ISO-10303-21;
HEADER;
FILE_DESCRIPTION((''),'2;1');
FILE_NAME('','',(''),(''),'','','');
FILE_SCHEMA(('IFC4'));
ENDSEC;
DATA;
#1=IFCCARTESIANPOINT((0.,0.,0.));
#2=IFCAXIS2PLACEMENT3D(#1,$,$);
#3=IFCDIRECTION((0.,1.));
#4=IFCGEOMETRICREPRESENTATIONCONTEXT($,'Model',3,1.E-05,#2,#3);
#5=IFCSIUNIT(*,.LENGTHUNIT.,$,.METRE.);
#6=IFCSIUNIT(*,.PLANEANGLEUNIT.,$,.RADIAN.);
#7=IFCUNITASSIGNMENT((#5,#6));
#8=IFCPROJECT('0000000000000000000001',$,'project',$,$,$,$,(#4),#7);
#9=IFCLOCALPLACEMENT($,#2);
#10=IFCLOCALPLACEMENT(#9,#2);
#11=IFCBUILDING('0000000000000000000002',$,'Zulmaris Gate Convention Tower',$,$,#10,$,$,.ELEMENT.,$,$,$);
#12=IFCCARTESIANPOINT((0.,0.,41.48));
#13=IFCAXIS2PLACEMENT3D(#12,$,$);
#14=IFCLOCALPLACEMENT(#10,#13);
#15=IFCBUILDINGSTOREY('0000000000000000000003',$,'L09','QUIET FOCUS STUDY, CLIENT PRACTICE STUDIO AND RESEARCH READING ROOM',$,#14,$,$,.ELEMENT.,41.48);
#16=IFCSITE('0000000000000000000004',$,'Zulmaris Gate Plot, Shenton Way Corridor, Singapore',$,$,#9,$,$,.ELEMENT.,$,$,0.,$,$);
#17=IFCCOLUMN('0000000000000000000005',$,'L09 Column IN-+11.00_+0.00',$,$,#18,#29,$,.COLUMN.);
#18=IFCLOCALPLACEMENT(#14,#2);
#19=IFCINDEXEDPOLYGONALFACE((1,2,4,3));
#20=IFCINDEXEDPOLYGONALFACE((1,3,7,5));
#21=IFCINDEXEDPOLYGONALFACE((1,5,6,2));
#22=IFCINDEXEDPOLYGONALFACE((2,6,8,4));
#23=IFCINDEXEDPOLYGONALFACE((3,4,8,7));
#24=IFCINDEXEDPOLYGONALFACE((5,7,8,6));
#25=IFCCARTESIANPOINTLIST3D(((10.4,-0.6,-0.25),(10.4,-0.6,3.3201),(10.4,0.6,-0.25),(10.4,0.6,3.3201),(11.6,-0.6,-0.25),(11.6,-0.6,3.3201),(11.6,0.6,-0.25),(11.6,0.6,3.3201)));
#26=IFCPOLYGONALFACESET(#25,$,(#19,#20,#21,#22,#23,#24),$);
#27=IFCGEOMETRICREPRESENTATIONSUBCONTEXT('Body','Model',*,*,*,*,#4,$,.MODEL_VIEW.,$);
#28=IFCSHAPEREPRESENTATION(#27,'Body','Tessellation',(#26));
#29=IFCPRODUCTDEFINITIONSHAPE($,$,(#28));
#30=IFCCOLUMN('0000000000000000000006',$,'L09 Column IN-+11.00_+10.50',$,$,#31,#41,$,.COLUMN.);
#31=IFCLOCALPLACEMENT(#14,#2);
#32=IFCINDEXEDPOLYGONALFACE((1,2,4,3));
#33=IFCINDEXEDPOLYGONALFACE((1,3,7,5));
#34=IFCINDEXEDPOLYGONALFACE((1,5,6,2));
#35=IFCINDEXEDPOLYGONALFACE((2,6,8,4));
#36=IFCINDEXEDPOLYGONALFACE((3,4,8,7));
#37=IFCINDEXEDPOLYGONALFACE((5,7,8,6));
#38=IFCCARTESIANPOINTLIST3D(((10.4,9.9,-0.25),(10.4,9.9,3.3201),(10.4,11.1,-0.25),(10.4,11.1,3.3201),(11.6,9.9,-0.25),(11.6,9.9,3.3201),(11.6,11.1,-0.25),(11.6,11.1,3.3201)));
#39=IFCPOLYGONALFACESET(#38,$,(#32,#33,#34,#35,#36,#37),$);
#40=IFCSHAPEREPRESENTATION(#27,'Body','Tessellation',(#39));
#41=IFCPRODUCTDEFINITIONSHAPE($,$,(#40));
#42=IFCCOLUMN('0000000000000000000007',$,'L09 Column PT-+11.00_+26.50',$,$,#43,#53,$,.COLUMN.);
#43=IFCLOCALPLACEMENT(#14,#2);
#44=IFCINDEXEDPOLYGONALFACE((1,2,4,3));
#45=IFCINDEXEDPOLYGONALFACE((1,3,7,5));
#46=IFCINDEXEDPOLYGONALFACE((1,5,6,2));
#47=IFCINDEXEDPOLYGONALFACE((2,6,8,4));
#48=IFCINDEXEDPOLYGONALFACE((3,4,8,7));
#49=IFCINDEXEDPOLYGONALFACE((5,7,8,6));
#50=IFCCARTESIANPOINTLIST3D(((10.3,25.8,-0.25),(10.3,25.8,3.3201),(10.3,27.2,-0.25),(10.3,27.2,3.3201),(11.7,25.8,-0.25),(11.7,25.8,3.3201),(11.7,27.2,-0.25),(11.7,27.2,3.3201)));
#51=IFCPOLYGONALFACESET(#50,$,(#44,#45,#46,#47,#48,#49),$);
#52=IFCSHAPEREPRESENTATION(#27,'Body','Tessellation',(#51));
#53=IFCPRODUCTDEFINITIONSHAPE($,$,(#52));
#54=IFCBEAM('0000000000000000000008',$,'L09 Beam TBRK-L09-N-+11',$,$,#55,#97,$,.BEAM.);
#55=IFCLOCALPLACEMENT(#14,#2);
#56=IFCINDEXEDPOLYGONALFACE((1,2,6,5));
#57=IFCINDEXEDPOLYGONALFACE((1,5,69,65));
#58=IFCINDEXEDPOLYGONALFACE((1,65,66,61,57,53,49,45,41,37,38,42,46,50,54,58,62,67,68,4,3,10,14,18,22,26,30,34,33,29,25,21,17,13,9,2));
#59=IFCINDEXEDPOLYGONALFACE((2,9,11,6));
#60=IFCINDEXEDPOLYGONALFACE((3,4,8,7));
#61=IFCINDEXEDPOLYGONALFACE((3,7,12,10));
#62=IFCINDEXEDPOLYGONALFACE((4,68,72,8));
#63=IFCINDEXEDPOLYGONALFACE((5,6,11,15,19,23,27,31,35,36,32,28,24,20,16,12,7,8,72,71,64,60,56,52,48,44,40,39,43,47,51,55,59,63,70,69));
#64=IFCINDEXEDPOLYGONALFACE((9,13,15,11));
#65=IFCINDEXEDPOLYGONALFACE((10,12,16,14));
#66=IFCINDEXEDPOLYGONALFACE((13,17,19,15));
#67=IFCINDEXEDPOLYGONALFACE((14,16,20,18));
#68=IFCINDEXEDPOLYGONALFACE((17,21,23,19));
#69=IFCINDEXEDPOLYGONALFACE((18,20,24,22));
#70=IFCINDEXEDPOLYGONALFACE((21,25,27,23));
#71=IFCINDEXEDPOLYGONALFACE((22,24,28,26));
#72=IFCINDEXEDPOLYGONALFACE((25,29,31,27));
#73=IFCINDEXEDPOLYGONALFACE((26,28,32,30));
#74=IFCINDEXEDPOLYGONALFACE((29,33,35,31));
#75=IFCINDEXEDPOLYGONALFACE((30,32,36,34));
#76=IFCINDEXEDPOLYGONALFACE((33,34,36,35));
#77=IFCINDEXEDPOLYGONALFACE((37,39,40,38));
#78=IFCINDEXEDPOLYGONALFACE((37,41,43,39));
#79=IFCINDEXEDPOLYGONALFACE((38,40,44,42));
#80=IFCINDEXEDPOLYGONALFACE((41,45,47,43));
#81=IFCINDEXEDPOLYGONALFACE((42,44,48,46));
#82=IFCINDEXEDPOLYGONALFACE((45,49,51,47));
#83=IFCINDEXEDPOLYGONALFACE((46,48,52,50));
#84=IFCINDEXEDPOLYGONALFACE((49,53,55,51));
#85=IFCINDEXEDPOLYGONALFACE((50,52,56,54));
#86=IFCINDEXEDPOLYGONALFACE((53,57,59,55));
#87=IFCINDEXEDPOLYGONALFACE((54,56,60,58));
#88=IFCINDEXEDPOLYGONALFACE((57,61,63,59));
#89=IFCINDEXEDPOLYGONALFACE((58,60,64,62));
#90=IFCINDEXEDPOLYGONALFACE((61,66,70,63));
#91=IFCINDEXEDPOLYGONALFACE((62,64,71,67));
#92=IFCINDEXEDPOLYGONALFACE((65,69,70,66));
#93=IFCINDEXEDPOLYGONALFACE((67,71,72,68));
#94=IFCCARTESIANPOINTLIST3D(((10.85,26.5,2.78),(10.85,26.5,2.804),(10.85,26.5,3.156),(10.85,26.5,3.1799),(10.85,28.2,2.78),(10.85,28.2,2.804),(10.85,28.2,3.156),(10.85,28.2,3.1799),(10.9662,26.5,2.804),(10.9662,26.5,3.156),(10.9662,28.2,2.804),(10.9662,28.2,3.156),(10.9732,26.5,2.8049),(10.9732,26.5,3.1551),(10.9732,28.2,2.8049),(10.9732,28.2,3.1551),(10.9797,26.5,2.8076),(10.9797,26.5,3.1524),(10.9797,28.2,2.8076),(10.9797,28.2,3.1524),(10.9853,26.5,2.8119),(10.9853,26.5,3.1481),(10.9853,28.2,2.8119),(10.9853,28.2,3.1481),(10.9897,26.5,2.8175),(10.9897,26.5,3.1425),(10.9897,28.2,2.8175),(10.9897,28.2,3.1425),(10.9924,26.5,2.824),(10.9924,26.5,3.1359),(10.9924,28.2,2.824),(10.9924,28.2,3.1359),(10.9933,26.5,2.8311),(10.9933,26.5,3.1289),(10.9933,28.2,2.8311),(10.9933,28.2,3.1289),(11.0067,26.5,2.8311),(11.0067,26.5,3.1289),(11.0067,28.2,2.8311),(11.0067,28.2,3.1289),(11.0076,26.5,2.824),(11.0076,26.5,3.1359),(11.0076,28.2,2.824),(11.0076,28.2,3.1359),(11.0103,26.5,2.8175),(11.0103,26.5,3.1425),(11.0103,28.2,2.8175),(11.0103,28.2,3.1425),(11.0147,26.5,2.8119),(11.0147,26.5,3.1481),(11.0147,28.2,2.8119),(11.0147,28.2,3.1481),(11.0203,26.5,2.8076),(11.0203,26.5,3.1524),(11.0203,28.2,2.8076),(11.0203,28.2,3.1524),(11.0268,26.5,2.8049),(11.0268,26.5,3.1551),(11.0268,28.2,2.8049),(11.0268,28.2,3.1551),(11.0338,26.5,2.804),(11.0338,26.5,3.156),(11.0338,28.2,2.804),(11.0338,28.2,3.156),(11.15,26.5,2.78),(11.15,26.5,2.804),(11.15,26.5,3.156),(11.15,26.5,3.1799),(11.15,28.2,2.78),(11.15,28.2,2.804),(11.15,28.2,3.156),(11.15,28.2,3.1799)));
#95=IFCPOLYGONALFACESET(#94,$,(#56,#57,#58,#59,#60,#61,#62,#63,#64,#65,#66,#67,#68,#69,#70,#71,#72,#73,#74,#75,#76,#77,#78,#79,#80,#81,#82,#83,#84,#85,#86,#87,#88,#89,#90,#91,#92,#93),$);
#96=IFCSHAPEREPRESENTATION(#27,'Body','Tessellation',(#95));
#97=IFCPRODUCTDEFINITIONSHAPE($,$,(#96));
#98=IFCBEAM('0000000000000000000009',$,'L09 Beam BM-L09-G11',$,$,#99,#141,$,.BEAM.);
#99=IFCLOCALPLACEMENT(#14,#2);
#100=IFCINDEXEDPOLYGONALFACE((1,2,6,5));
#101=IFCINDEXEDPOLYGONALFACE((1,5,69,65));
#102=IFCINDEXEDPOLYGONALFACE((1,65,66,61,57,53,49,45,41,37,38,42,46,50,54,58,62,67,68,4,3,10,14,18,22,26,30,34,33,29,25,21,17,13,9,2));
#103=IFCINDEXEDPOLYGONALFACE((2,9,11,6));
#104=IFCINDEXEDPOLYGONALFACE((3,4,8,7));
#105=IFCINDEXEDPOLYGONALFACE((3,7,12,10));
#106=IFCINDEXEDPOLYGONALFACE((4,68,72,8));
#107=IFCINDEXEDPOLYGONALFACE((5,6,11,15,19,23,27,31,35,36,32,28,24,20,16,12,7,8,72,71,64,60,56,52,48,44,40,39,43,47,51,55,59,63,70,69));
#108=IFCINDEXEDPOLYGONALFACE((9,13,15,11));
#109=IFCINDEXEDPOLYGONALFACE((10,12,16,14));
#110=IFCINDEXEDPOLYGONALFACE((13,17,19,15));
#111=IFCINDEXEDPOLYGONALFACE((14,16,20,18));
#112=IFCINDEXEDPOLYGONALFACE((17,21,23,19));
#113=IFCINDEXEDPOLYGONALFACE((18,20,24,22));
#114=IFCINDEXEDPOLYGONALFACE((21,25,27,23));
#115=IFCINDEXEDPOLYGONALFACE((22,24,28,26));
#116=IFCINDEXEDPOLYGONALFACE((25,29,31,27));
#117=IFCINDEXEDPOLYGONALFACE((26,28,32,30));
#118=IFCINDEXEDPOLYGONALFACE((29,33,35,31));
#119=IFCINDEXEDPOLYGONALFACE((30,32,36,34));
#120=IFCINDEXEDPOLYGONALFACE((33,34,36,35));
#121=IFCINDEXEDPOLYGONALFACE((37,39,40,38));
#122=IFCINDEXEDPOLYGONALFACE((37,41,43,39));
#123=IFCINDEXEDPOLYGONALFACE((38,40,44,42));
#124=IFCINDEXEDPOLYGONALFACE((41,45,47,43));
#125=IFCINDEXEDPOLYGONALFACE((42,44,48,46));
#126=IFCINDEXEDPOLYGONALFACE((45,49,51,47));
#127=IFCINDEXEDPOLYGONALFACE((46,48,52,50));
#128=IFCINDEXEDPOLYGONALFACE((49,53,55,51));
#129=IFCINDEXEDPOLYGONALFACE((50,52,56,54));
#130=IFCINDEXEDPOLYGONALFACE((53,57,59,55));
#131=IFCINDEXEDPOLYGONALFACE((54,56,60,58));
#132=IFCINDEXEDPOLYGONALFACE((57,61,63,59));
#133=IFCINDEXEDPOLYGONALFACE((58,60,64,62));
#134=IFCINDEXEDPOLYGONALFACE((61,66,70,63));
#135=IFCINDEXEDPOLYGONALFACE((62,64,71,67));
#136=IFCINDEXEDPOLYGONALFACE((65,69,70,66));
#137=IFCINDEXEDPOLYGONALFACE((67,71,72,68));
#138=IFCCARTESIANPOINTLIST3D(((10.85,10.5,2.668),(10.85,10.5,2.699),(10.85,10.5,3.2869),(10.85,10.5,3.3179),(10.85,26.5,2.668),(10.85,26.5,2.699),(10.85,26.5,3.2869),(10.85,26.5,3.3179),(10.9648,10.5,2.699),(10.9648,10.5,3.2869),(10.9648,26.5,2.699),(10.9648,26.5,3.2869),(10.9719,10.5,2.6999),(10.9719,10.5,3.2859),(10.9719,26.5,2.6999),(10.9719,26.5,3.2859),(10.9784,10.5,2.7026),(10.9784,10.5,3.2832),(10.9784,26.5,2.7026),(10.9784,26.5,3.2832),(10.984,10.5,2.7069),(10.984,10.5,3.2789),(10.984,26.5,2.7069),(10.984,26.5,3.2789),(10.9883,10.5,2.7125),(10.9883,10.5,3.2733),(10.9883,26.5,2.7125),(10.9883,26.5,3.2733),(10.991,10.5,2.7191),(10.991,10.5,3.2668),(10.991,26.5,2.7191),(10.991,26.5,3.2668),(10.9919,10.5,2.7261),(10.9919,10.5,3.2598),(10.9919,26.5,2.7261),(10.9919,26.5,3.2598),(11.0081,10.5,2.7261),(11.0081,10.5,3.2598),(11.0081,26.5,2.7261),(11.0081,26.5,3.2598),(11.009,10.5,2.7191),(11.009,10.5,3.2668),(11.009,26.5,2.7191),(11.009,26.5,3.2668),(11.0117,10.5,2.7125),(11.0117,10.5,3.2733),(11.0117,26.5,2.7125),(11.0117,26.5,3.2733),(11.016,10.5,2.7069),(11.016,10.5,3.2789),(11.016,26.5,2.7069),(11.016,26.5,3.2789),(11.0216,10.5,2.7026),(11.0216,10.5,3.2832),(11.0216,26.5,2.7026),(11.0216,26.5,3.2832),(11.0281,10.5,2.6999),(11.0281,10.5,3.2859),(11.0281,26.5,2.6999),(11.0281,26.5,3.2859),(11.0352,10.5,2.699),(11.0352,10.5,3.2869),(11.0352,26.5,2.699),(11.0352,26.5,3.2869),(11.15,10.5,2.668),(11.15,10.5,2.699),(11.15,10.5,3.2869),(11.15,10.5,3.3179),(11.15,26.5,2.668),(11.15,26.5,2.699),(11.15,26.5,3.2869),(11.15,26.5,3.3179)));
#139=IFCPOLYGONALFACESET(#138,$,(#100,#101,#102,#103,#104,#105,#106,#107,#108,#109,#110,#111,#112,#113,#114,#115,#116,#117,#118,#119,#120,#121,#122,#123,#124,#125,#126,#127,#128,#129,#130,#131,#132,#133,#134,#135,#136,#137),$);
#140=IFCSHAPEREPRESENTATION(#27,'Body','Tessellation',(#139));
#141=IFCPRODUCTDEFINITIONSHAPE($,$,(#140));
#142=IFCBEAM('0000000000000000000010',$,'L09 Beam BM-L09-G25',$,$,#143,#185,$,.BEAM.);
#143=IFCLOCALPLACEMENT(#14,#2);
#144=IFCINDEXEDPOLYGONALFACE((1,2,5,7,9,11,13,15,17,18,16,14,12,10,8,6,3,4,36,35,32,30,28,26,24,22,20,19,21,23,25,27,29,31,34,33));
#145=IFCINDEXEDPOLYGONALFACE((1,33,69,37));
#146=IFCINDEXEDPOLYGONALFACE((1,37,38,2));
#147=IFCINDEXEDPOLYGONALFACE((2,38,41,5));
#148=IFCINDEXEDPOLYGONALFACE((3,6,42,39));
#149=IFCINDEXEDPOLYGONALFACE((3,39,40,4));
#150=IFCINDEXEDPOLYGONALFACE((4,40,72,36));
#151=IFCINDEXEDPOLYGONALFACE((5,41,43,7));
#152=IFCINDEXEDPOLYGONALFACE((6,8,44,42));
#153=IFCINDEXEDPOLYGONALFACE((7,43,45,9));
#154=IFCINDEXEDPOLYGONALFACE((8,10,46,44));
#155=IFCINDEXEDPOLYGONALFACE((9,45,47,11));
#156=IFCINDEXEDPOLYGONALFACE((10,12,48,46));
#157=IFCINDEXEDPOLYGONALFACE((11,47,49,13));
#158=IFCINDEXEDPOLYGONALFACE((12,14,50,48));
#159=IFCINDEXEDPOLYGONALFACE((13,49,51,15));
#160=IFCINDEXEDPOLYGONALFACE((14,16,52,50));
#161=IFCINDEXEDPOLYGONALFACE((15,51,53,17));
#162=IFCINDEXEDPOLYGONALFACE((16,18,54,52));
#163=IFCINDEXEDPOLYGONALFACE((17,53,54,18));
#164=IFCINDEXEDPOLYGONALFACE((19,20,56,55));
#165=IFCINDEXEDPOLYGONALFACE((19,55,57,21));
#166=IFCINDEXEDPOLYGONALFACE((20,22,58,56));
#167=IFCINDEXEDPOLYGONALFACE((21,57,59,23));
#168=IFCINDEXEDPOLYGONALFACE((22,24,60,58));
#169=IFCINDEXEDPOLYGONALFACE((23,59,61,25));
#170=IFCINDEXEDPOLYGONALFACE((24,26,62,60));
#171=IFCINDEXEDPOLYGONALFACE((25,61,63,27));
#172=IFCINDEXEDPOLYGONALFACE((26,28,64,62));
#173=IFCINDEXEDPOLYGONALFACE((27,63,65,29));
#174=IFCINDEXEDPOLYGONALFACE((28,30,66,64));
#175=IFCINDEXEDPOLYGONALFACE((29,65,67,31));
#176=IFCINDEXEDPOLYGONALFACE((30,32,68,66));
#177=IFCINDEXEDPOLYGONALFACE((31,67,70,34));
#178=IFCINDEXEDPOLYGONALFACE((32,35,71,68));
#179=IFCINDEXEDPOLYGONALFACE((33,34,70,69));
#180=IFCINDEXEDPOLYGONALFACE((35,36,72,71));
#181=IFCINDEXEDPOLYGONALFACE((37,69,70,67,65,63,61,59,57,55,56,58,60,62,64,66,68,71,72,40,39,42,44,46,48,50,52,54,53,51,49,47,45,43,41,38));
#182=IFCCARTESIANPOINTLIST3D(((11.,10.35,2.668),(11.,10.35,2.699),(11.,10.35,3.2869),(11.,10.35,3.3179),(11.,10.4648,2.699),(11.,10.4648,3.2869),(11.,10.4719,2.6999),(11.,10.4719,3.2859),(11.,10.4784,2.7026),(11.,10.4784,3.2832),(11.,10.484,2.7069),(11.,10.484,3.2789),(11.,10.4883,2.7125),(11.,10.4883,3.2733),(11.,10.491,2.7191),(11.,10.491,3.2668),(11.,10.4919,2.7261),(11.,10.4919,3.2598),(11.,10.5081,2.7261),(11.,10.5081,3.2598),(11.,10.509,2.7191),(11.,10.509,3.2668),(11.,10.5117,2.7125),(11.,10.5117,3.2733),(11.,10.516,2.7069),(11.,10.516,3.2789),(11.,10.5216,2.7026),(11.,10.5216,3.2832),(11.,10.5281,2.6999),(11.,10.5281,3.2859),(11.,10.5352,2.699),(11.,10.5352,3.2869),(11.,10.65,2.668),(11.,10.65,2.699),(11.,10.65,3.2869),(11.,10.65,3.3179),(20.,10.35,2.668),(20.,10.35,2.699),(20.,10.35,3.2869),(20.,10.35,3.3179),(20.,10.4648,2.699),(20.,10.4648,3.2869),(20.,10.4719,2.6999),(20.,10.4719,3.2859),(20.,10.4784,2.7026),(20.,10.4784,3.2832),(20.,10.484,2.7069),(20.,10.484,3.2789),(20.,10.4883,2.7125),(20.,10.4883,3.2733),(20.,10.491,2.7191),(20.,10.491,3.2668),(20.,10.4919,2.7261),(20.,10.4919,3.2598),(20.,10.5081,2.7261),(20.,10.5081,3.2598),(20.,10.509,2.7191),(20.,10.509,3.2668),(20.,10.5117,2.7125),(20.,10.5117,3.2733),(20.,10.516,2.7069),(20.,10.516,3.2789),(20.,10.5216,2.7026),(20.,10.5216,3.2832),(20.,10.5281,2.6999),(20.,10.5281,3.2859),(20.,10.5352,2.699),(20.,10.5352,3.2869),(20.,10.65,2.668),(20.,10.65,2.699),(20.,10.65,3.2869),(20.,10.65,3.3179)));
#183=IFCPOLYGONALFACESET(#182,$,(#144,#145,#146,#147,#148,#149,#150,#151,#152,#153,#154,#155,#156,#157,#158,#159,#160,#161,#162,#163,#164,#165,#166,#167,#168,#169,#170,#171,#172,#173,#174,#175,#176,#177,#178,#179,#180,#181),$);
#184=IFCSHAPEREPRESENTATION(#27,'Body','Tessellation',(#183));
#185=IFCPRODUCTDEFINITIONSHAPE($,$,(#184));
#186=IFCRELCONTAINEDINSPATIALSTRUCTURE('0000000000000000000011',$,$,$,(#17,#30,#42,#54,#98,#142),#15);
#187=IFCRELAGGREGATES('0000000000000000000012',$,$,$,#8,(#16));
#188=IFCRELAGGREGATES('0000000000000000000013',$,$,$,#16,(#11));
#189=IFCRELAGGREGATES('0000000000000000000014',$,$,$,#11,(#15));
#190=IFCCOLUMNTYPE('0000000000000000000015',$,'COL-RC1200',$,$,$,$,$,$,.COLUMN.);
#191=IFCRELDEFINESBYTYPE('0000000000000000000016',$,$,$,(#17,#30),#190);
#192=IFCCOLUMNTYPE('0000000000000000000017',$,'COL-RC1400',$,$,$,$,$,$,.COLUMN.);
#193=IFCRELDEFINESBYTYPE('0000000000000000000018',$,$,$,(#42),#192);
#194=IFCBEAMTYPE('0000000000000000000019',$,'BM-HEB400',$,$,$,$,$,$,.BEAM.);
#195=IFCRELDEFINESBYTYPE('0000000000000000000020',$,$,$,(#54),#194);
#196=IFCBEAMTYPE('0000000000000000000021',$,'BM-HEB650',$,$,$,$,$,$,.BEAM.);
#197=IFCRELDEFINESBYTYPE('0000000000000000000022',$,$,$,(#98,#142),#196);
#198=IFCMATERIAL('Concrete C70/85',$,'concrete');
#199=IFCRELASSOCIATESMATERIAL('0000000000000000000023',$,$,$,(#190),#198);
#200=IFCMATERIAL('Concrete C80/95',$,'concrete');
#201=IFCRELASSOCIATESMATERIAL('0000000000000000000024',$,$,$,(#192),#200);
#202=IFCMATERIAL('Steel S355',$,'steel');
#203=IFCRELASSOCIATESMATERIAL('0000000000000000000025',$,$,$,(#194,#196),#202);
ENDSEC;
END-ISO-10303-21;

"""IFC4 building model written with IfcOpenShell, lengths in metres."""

from ifc_helpers import new_model, si_unit, direction, frame, origin, origin_2d, place, context, subcontext, project, spatial, rectangle, i_section, extrude, material, material_profile, profile_set, type_object, element, save


model = new_model("IFC4")

# Units and contexts
model_context = context("Model", 3, precision=1e-05, world=origin(), true_north=direction((0.0, 1.0)))
body_context = subcontext(model_context, "Body", "Model", "MODEL_VIEW")
ifc_project = project(units=[si_unit("LENGTHUNIT", "METRE"), si_unit("PLANEANGLEUNIT", "RADIAN")], contexts=[model_context])

# Site, building, storey
site_placement = place(None, origin())
site = spatial("IfcSite", under=ifc_project, at=site_placement, Name="Zulmaris Gate Plot, Shenton Way Corridor, Singapore", CompositionType="ELEMENT", RefElevation=0.0)
building_placement = place(site_placement, origin())
building = spatial("IfcBuilding", under=site, at=building_placement, Name="Zulmaris Gate Convention Tower", CompositionType="ELEMENT")
storey_placement = place(building_placement, frame((0.0, 0.0, 41.48)))
storey = spatial("IfcBuildingStorey", under=building, at=storey_placement, Name="L09", Description="QUIET FOCUS STUDY, CLIENT PRACTICE STUDIO AND RESEARCH READING ROOM", CompositionType="ELEMENT", Elevation=41.48)

# Columns
ifc_material_1 = material(Name="Concrete C70/85", Category="concrete")
ifc_material_profile_1 = material_profile(ifc_material_1, rectangle(XDim=1.2, YDim=1.2, at=origin_2d()), Name="RC COL 1200x1200")
ifc_profile_set_1 = profile_set([ifc_material_profile_1], Name="Concrete C70/85")
column_type_1 = type_object("IfcColumnType", Name="COL-RC1200", PredefinedType="COLUMN", material=ifc_profile_set_1)
for number, where, z_axis, x_axis, name in (
    (1, (11.0, 0.0, -0.25), (0.0, 0.0, 1.0), (1.0, 0.0, 0.0), "L09 Column IN-+11.00_+0.00"),
    (2, (11.0, 10.5, -0.25), (0.0, 0.0, 1.0), (1.0, 0.0, 0.0), "L09 Column IN-+11.00_+10.50"),
):
    element("IfcColumn", number, at=place(storey_placement, frame(where, z_axis=z_axis, x_axis=x_axis)), inside=storey, type_object=column_type_1, Name=name, PredefinedType="COLUMN", context=body_context, shape_type="SweptSolid", body=[
        extrude(rectangle(XDim=1.2, YDim=1.2, at=origin_2d()), origin(), (0.0, 0.0, 1.0), 3.5701),
    ])
ifc_material_2 = material(Name="Concrete C80/95", Category="concrete")
ifc_material_profile_2 = material_profile(ifc_material_2, rectangle(XDim=1.3999, YDim=1.3999, at=origin_2d()), Name="RC COL 1400x1400")
ifc_profile_set_2 = profile_set([ifc_material_profile_2], Name="Concrete C80/95")
column_type_2 = type_object("IfcColumnType", Name="COL-RC1400", PredefinedType="COLUMN", material=ifc_profile_set_2)
column_placement = place(storey_placement, frame((11.0, 26.5, -0.25), z_axis=(0.0, 0.0, 1.0), x_axis=(1.0, 0.0, 0.0)))
element("IfcColumn", 3, at=column_placement, inside=storey, type_object=column_type_2, Name="L09 Column PT-+11.00_+26.50", PredefinedType="COLUMN", context=body_context, shape_type="SweptSolid", body=[
    extrude(rectangle(XDim=1.3999, YDim=1.3999, at=origin_2d()), origin(), (0.0, 0.0, 1.0), 3.5701),
])

# Beams
ifc_material_3 = material(Name="Steel S355", Category="steel")
ifc_material_profile_3 = material_profile(ifc_material_3, i_section(OverallWidth=0.3, OverallDepth=0.3999, WebThickness=0.0134, FlangeThickness=0.0239, FilletRadius=0.0271, at=origin_2d()), Name="HEB 400")
ifc_profile_set_3 = profile_set([ifc_material_profile_3], Name="Steel S355")
beam_type_1 = type_object("IfcBeamType", Name="BM-HEB400", PredefinedType="BEAM", material=ifc_profile_set_3)
beam_1_placement = place(storey_placement, frame((11.0, 26.5, 2.98), z_axis=(0.0, 1.0, 0.0), x_axis=(-1.0, 0.0, 0.0)))
element("IfcBeam", 4, at=beam_1_placement, inside=storey, type_object=beam_type_1, Name="L09 Beam TBRK-L09-N-+11", PredefinedType="BEAM", context=body_context, shape_type="SweptSolid", body=[
    extrude(i_section(OverallWidth=0.3, OverallDepth=0.3999, WebThickness=0.0134, FlangeThickness=0.0239, FilletRadius=0.0271, at=origin_2d()), origin(), (0.0, 0.0, 1.0), 1.7),
])
ifc_material_profile_4 = material_profile(ifc_material_3, i_section(OverallWidth=0.3, OverallDepth=0.6499, WebThickness=0.0161, FlangeThickness=0.031, FilletRadius=0.0271, at=origin_2d()), Name="HEB 650")
ifc_profile_set_4 = profile_set([ifc_material_profile_4], Name="Steel S355")
beam_type_2 = type_object("IfcBeamType", Name="BM-HEB650", PredefinedType="BEAM", material=ifc_profile_set_4)
beam_2_placement = place(storey_placement, frame((11.0, 10.5, 2.9929), z_axis=(0.0, 1.0, 0.0), x_axis=(-1.0, 0.0, 0.0)))
element("IfcBeam", 5, at=beam_2_placement, inside=storey, type_object=beam_type_2, Name="L09 Beam BM-L09-G11", PredefinedType="BEAM", context=body_context, shape_type="SweptSolid", body=[
    extrude(i_section(OverallWidth=0.3, OverallDepth=0.6499, WebThickness=0.0161, FlangeThickness=0.031, FilletRadius=0.0271, at=origin_2d()), origin(), (0.0, 0.0, 1.0), 16.0),
])
beam_3_placement = place(storey_placement, frame((11.0, 10.5, 2.9929), z_axis=(1.0, 0.0, 0.0), x_axis=(0.0, 1.0, 0.0)))
element("IfcBeam", 6, at=beam_3_placement, inside=storey, type_object=beam_type_2, Name="L09 Beam BM-L09-G25", PredefinedType="BEAM", context=body_context, shape_type="SweptSolid", body=[
    extrude(i_section(OverallWidth=0.3, OverallDepth=0.6499, WebThickness=0.0161, FlangeThickness=0.031, FilletRadius=0.0271, at=origin_2d()), origin(), (0.0, 0.0, 1.0), 9.0),
])

save(model, "model.ifc")
